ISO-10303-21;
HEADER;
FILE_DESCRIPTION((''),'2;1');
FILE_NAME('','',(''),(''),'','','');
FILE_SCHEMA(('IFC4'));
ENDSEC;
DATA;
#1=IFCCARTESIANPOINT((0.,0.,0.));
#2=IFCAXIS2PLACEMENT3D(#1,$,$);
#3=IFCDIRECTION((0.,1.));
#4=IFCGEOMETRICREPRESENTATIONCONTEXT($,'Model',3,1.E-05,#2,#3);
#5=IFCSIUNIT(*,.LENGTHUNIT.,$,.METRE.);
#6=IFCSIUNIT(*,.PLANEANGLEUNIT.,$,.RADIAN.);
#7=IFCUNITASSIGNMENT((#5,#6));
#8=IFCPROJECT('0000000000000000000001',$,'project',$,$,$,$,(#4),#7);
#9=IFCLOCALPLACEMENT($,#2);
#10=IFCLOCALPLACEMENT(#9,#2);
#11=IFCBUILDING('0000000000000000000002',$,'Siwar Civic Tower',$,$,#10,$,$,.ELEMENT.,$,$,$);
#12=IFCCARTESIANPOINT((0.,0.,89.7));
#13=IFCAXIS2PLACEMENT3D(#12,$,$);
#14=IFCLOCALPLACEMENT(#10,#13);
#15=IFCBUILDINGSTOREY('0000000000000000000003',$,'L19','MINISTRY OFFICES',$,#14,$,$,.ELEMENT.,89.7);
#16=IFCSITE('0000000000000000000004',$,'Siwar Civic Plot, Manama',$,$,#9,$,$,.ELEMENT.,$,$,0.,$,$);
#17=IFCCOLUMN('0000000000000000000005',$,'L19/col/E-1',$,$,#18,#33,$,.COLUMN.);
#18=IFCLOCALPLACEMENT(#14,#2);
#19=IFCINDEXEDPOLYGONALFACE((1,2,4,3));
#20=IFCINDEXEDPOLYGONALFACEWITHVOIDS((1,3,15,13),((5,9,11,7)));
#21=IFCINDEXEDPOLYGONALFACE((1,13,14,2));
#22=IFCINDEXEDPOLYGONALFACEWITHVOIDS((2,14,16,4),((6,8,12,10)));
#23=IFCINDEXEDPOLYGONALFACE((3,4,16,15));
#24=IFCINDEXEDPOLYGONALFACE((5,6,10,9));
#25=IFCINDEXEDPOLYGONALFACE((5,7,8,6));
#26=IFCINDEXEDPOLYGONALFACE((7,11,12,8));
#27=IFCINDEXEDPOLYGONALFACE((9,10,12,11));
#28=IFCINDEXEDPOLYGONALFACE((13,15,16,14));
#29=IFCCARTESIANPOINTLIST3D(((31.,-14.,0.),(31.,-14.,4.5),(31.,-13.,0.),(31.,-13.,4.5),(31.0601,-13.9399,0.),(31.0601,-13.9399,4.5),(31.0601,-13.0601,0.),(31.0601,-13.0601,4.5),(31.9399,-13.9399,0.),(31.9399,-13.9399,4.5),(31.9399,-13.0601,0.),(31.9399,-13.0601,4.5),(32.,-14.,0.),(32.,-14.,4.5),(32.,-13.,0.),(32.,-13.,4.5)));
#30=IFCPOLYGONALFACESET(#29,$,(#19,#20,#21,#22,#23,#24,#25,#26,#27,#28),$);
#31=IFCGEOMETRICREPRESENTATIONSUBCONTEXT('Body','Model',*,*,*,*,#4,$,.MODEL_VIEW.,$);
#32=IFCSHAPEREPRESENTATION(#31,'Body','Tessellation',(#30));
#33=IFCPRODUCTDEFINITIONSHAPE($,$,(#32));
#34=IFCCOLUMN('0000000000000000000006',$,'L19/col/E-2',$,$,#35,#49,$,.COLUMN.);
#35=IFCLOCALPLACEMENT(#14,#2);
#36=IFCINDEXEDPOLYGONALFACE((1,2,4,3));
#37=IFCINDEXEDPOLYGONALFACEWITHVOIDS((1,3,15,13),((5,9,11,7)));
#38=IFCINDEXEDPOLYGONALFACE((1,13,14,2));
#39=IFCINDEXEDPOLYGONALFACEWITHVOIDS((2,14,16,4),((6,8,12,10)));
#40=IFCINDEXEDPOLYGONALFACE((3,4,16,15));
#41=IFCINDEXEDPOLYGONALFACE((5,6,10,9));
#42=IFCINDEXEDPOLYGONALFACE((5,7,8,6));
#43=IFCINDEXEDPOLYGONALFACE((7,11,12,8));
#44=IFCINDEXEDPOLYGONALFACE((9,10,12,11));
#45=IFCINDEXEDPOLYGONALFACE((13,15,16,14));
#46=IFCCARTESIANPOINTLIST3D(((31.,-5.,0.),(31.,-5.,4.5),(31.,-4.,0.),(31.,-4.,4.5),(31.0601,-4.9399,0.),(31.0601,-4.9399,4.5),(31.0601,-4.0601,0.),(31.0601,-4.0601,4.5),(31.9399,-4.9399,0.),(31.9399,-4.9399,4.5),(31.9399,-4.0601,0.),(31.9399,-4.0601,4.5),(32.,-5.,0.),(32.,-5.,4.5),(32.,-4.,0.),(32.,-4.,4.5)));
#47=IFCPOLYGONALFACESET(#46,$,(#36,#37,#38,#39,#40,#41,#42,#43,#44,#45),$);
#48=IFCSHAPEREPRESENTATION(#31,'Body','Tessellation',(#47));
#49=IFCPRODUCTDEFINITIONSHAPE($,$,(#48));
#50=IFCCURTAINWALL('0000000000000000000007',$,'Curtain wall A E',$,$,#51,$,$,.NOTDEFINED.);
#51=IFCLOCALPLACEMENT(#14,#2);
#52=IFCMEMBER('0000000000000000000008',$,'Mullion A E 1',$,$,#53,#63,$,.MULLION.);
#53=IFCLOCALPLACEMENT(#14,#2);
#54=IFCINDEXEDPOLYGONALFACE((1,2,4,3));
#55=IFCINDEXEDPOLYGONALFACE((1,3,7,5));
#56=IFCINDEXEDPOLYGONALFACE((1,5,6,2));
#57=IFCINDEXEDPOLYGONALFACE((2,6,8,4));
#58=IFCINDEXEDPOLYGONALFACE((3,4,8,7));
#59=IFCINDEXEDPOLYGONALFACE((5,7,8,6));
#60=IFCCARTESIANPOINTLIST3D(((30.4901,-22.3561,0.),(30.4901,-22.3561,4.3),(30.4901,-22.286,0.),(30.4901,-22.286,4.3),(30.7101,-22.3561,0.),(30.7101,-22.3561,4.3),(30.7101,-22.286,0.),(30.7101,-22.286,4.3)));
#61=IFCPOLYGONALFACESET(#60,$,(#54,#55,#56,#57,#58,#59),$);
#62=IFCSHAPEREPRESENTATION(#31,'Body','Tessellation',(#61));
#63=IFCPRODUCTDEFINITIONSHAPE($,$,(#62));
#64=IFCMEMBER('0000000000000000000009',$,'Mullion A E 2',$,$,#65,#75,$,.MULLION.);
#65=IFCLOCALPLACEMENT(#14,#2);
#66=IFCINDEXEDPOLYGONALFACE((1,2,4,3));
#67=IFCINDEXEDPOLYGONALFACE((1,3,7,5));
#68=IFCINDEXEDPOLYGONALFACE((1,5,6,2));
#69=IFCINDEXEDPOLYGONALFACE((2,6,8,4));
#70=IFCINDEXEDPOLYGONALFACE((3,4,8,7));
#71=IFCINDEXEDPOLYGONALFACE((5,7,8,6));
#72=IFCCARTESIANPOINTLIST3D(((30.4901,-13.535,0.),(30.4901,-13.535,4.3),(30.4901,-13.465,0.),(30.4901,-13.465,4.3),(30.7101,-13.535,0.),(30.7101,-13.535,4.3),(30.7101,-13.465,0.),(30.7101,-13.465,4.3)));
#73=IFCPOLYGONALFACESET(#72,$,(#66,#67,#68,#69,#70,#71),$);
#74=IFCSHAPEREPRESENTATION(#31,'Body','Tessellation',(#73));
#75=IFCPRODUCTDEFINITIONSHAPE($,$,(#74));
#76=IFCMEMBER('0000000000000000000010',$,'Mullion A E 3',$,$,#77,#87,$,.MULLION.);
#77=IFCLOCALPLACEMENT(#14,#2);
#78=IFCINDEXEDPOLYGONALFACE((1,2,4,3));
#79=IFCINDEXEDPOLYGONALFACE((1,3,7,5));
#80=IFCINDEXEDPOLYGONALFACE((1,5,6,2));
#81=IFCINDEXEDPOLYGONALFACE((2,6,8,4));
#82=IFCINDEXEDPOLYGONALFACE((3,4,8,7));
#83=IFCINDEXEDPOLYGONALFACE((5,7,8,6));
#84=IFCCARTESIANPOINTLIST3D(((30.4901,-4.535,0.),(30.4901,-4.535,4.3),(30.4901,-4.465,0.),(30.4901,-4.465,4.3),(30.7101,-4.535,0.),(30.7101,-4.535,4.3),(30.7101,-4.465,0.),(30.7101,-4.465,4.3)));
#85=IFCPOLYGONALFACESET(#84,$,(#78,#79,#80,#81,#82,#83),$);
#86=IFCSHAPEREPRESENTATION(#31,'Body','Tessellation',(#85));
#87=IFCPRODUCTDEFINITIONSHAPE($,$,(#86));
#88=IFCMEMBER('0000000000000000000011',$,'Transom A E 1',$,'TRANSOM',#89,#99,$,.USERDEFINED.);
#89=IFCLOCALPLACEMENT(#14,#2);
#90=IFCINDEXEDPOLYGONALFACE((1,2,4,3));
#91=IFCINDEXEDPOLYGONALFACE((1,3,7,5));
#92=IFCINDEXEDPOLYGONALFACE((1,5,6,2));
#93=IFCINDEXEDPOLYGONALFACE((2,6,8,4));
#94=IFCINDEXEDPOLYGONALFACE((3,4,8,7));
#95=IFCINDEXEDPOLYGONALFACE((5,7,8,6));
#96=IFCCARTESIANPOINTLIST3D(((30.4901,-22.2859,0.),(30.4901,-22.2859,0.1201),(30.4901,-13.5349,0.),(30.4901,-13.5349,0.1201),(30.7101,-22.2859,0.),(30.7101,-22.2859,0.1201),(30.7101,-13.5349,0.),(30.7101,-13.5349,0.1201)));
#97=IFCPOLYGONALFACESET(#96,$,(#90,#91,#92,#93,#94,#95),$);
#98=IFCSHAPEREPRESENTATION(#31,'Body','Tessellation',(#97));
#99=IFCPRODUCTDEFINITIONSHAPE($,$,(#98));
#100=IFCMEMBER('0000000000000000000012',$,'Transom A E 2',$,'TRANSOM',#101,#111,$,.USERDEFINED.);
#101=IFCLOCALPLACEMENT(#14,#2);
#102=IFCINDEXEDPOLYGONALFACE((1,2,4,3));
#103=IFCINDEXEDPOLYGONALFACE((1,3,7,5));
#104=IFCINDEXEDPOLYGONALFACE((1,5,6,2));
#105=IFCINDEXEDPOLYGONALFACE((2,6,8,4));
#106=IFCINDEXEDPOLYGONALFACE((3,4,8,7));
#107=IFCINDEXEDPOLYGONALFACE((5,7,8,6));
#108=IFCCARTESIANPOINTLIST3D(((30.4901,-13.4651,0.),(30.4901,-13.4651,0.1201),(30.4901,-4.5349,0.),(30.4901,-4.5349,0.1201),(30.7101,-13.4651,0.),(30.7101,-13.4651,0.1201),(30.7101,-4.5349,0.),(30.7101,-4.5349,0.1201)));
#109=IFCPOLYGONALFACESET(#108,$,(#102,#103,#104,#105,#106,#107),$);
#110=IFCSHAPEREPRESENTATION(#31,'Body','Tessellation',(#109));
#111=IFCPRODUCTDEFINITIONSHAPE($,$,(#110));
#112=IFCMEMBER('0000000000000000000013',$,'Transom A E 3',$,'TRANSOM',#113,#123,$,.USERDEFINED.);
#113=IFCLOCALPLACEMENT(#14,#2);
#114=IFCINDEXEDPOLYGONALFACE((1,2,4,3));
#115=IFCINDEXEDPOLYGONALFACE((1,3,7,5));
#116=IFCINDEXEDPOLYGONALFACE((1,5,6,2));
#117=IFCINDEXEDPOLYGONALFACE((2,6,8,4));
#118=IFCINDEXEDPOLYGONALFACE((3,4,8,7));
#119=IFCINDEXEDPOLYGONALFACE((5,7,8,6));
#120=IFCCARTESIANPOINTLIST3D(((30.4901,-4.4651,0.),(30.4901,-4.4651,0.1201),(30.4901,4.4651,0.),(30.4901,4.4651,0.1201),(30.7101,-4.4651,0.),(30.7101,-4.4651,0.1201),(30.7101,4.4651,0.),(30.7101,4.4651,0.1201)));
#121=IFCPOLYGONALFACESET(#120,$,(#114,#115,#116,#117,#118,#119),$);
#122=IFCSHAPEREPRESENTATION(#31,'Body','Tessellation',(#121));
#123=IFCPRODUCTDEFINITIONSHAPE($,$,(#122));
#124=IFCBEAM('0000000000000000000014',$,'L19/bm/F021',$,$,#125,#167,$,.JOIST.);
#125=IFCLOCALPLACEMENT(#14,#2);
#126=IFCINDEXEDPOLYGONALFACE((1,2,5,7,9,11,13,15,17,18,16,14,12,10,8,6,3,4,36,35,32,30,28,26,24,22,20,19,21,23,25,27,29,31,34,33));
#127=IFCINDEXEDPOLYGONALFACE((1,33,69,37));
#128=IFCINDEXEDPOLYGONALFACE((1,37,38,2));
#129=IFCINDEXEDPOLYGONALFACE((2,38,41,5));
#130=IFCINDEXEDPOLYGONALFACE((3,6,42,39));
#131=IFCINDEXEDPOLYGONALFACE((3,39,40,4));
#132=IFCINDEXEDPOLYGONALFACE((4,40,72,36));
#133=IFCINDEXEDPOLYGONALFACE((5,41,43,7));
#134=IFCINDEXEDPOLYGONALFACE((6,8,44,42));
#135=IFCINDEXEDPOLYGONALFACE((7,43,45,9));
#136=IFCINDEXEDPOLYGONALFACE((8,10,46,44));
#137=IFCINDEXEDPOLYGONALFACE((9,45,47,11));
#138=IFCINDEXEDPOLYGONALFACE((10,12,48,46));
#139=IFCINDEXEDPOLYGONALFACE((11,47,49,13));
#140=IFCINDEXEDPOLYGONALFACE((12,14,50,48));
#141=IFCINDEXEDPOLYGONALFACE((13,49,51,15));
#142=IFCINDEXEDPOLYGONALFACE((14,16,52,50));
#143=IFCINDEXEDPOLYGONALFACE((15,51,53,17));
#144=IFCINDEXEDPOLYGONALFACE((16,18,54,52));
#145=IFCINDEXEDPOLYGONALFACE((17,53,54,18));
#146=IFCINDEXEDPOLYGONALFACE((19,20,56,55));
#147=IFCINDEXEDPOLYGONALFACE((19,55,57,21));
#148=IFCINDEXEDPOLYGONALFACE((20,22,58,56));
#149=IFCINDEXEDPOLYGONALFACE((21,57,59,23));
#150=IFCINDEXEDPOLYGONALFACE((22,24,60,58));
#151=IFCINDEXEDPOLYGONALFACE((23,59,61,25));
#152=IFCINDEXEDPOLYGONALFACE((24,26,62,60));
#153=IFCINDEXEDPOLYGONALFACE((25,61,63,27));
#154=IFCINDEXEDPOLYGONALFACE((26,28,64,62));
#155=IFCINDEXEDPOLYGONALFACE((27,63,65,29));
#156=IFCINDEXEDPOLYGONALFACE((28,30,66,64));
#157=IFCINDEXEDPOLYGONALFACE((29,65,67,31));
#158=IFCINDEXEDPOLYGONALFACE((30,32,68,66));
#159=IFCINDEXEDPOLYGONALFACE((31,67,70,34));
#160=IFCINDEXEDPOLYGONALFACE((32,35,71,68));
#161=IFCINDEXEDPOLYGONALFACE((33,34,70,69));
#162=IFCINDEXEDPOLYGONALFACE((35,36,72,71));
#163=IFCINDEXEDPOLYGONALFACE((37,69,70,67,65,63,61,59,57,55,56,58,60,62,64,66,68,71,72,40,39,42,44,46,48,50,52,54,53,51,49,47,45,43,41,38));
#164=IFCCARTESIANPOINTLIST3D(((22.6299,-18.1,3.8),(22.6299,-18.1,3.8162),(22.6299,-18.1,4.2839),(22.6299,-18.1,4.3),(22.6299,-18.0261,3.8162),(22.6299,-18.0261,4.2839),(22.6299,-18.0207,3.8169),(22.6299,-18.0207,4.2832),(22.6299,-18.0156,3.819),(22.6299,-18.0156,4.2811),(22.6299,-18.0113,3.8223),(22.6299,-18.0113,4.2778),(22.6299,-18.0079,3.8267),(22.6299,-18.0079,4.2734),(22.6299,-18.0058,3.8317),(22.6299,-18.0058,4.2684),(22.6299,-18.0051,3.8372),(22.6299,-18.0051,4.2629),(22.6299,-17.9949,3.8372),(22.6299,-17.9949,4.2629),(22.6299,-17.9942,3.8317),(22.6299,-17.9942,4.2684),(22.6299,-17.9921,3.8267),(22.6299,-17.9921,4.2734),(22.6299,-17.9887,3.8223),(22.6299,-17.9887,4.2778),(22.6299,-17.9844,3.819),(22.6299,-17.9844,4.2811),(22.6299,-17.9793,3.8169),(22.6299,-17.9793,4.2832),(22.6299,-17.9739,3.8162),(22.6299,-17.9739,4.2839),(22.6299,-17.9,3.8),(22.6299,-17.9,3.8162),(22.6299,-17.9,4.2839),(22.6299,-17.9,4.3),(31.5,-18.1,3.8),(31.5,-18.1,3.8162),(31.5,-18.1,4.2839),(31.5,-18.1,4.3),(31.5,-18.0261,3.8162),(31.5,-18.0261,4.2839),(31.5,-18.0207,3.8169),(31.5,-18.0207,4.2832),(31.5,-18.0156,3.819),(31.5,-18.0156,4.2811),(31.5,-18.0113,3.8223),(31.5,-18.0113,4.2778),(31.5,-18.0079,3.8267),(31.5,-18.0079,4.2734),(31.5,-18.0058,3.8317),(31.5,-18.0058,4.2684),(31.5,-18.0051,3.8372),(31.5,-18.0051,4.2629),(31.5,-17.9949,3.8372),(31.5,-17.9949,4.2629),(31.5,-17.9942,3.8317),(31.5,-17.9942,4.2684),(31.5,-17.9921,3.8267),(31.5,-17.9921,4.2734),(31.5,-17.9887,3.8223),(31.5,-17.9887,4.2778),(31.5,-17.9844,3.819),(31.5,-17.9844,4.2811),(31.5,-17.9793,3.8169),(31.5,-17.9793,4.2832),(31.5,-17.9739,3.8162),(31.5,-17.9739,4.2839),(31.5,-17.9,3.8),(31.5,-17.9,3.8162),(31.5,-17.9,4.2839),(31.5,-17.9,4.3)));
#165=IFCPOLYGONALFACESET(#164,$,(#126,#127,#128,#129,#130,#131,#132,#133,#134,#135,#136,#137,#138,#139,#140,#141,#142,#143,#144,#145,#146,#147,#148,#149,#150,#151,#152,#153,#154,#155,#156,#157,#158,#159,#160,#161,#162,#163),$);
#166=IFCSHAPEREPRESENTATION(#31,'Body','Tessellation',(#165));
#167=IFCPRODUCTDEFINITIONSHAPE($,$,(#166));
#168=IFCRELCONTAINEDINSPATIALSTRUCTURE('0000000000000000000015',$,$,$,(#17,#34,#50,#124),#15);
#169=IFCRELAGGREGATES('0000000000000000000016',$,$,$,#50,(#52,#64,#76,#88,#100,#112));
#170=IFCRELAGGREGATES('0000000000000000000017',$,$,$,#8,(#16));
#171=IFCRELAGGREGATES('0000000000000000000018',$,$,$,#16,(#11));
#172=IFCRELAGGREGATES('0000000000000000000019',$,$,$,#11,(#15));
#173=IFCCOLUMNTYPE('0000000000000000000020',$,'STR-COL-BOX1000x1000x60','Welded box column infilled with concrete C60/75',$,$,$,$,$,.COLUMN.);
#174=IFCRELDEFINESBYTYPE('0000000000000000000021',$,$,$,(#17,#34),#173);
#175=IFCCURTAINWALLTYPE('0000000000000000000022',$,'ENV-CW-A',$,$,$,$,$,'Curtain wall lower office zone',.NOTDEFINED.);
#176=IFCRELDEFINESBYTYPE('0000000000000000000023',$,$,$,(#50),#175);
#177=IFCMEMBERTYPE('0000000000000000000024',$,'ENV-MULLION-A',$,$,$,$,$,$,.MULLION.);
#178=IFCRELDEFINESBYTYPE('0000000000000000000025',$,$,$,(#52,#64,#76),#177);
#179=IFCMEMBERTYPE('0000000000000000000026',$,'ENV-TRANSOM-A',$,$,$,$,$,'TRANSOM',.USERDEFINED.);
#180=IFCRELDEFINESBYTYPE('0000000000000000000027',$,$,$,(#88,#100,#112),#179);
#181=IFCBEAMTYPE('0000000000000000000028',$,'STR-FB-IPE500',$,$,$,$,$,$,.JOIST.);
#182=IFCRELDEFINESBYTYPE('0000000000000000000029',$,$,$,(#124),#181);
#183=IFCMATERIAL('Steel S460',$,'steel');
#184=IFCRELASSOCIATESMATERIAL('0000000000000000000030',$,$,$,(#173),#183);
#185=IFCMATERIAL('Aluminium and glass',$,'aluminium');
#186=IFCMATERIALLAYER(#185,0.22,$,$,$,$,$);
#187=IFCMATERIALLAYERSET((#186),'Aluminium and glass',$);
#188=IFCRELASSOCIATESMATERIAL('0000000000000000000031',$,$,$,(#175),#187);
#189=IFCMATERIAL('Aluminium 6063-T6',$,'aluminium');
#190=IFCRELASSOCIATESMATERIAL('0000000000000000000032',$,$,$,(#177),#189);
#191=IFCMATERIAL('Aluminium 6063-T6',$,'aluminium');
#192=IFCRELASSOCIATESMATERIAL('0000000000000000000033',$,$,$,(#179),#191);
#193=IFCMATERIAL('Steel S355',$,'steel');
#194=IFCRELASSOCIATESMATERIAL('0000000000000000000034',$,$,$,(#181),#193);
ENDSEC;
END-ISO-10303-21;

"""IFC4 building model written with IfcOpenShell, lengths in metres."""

from ifc_helpers import new_model, si_unit, direction, frame, origin, origin_2d, place, context, subcontext, project, spatial, rectangle, hollow_rectangle, i_section, extrude, material, layer, layer_set, material_profile, profile_set, type_object, element, aggregate, save


model = new_model("IFC4")

# Units and contexts
model_context = context("Model", 3, precision=1e-05, world=origin(), true_north=direction((0.0, 1.0)))
body_context = subcontext(model_context, "Body", "Model", "MODEL_VIEW")
ifc_project = project(units=[si_unit("LENGTHUNIT", "METRE"), si_unit("PLANEANGLEUNIT", "RADIAN")], contexts=[model_context])

# Site, building, storey
site_placement = place(None, origin())
site = spatial("IfcSite", under=ifc_project, at=site_placement, Name="Siwar Civic Plot, Manama", CompositionType="ELEMENT", RefElevation=0.0)
building_placement = place(site_placement, origin())
building = spatial("IfcBuilding", under=site, at=building_placement, Name="Siwar Civic Tower", CompositionType="ELEMENT")
storey_placement = place(building_placement, frame((0.0, 0.0, 89.7)))
storey = spatial("IfcBuildingStorey", under=building, at=storey_placement, Name="L19", Description="MINISTRY OFFICES", CompositionType="ELEMENT", Elevation=89.7)

# Columns
ifc_material_1 = material(Name="Steel S460", Category="steel")
ifc_material_profile_1 = material_profile(ifc_material_1, hollow_rectangle(XDim=1.0, YDim=1.0, WallThickness=0.0601, at=origin_2d()), Name="BOX1000x1000x60")
ifc_profile_set_1 = profile_set([ifc_material_profile_1], Name="Steel S460")
column_type = type_object("IfcColumnType", Name="STR-COL-BOX1000x1000x60", Description="Welded box column infilled with concrete C60/75", PredefinedType="COLUMN", material=ifc_profile_set_1)
for number, where, z_axis, x_axis, name in (
    (1, (31.5, -13.5, 0.0), (0.0, 0.0, 1.0), (1.0, 0.0, 0.0), "L19/col/E-1"),
    (2, (31.5, -4.5, 0.0), (0.0, 0.0, 1.0), (1.0, 0.0, 0.0), "L19/col/E-2"),
):
    element("IfcColumn", number, at=place(storey_placement, frame(where, z_axis=z_axis, x_axis=x_axis)), inside=storey, type_object=column_type, Name=name, PredefinedType="COLUMN", context=body_context, shape_type="SweptSolid", body=[
        extrude(hollow_rectangle(XDim=1.0, YDim=1.0, WallThickness=0.0601, at=origin_2d()), origin(), (0.0, 0.0, 1.0), 4.5),
    ])

# Curtain wall, members
ifc_material_2 = material(Name="Aluminium and glass", Category="aluminium")
ifc_layer_1 = layer(ifc_material_2, 0.22)
ifc_layer_set_1 = layer_set([ifc_layer_1], Name="Aluminium and glass")
curtain_wall_type = type_object("IfcCurtainWallType", Name="ENV-CW-A", ElementType="Curtain wall lower office zone", PredefinedType="NOTDEFINED", material=ifc_layer_set_1)
curtain_wall_placement = place(storey_placement, origin())
curtain_wall = element("IfcCurtainWall", 3, at=curtain_wall_placement, inside=storey, type_object=curtain_wall_type, Name="Curtain wall A E", PredefinedType="NOTDEFINED")
ifc_material_3 = material(Name="Aluminium 6063-T6", Category="aluminium")
ifc_material_profile_2 = material_profile(ifc_material_3, rectangle(XDim=0.22, YDim=0.0701, at=origin_2d()), Name="AL 220x70")
ifc_profile_set_2 = profile_set([ifc_material_profile_2], Name="Aluminium 6063-T6")
member_type_1 = type_object("IfcMemberType", Name="ENV-MULLION-A", PredefinedType="MULLION", material=ifc_profile_set_2)
member_1_placement = place(storey_placement, frame((30.6001, -22.321, 0.0), z_axis=(0.0, 0.0, 1.0), x_axis=(-1.0, 0.0, 0.0)))
member_1 = element("IfcMember", 4, at=member_1_placement, type_object=member_type_1, Name="Mullion A E 1", PredefinedType="MULLION", context=body_context, shape_type="SweptSolid", body=[
    extrude(rectangle(XDim=0.22, YDim=0.0701, at=origin_2d()), origin(), (0.0, 0.0, 1.0), 4.3),
])
member_2_placement = place(storey_placement, frame((30.6001, -13.5, 0.0), z_axis=(0.0, 0.0, 1.0), x_axis=(-1.0, 0.0, 0.0)))
member_2 = element("IfcMember", 5, at=member_2_placement, type_object=member_type_1, Name="Mullion A E 2", PredefinedType="MULLION", context=body_context, shape_type="SweptSolid", body=[
    extrude(rectangle(XDim=0.22, YDim=0.0701, at=origin_2d()), origin(), (0.0, 0.0, 1.0), 4.3),
])
member_3_placement = place(storey_placement, frame((30.6001, -4.5, 0.0), z_axis=(0.0, 0.0, 1.0), x_axis=(-1.0, 0.0, 0.0)))
member_3 = element("IfcMember", 6, at=member_3_placement, type_object=member_type_1, Name="Mullion A E 3", PredefinedType="MULLION", context=body_context, shape_type="SweptSolid", body=[
    extrude(rectangle(XDim=0.22, YDim=0.0701, at=origin_2d()), origin(), (0.0, 0.0, 1.0), 4.3),
])
ifc_material_4 = material(Name="Aluminium 6063-T6", Category="aluminium")
ifc_material_profile_3 = material_profile(ifc_material_4, rectangle(XDim=0.22, YDim=0.1201, at=origin_2d()), Name="AL 220x120")
ifc_profile_set_3 = profile_set([ifc_material_profile_3], Name="Aluminium 6063-T6")
member_type_2 = type_object("IfcMemberType", Name="ENV-TRANSOM-A", ElementType="TRANSOM", PredefinedType="USERDEFINED", material=ifc_profile_set_3)
member_4_placement = place(storey_placement, frame((30.6001, -22.2859, 0.0601), z_axis=(0.0, 1.0, 0.0), x_axis=(-1.0, 0.0, 0.0)))
member_4 = element("IfcMember", 7, at=member_4_placement, type_object=member_type_2, Name="Transom A E 1", ObjectType="TRANSOM", PredefinedType="USERDEFINED", context=body_context, shape_type="SweptSolid", body=[
    extrude(rectangle(XDim=0.22, YDim=0.1201, at=origin_2d()), origin(), (0.0, 0.0, 1.0), 8.751),
])
member_5_placement = place(storey_placement, frame((30.6001, -13.4651, 0.0601), z_axis=(0.0, 1.0, 0.0), x_axis=(-1.0, 0.0, 0.0)))
member_5 = element("IfcMember", 8, at=member_5_placement, type_object=member_type_2, Name="Transom A E 2", ObjectType="TRANSOM", PredefinedType="USERDEFINED", context=body_context, shape_type="SweptSolid", body=[
    extrude(rectangle(XDim=0.22, YDim=0.1201, at=origin_2d()), origin(), (0.0, 0.0, 1.0), 8.9302),
])
member_6_placement = place(storey_placement, frame((30.6001, -4.4651, 0.0601), z_axis=(0.0, 1.0, 0.0), x_axis=(-1.0, 0.0, 0.0)))
member_6 = element("IfcMember", 9, at=member_6_placement, type_object=member_type_2, Name="Transom A E 3", ObjectType="TRANSOM", PredefinedType="USERDEFINED", context=body_context, shape_type="SweptSolid", body=[
    extrude(rectangle(XDim=0.22, YDim=0.1201, at=origin_2d()), origin(), (0.0, 0.0, 1.0), 8.9302),
])

# Beam
ifc_material_5 = material(Name="Steel S355", Category="steel")
ifc_material_profile_4 = material_profile(ifc_material_5, i_section(OverallWidth=0.2, OverallDepth=0.5, WebThickness=0.0103, FlangeThickness=0.0161, FilletRadius=0.021, at=origin_2d()), Name="IPE500")
ifc_profile_set_4 = profile_set([ifc_material_profile_4], Name="Steel S355")
beam_type_1 = type_object("IfcBeamType", Name="STR-FB-IPE500", PredefinedType="JOIST", material=ifc_profile_set_4)
beam_1_placement = place(storey_placement, frame((22.6299, -18.0, 4.05), z_axis=(1.0, 0.0, 0.0), x_axis=(0.0, 1.0, 0.0)))
element("IfcBeam", 10, at=beam_1_placement, inside=storey, type_object=beam_type_1, Name="L19/bm/F021", PredefinedType="JOIST", context=body_context, shape_type="SweptSolid", body=[
    extrude(i_section(OverallWidth=0.2, OverallDepth=0.5, WebThickness=0.0103, FlangeThickness=0.0161, FilletRadius=0.021, at=origin_2d()), origin(), (0.0, 0.0, 1.0), 8.8701),
])

aggregate(curtain_wall, [member_1, member_2, member_3, member_4, member_5, member_6])

save(model, "model.ifc")
